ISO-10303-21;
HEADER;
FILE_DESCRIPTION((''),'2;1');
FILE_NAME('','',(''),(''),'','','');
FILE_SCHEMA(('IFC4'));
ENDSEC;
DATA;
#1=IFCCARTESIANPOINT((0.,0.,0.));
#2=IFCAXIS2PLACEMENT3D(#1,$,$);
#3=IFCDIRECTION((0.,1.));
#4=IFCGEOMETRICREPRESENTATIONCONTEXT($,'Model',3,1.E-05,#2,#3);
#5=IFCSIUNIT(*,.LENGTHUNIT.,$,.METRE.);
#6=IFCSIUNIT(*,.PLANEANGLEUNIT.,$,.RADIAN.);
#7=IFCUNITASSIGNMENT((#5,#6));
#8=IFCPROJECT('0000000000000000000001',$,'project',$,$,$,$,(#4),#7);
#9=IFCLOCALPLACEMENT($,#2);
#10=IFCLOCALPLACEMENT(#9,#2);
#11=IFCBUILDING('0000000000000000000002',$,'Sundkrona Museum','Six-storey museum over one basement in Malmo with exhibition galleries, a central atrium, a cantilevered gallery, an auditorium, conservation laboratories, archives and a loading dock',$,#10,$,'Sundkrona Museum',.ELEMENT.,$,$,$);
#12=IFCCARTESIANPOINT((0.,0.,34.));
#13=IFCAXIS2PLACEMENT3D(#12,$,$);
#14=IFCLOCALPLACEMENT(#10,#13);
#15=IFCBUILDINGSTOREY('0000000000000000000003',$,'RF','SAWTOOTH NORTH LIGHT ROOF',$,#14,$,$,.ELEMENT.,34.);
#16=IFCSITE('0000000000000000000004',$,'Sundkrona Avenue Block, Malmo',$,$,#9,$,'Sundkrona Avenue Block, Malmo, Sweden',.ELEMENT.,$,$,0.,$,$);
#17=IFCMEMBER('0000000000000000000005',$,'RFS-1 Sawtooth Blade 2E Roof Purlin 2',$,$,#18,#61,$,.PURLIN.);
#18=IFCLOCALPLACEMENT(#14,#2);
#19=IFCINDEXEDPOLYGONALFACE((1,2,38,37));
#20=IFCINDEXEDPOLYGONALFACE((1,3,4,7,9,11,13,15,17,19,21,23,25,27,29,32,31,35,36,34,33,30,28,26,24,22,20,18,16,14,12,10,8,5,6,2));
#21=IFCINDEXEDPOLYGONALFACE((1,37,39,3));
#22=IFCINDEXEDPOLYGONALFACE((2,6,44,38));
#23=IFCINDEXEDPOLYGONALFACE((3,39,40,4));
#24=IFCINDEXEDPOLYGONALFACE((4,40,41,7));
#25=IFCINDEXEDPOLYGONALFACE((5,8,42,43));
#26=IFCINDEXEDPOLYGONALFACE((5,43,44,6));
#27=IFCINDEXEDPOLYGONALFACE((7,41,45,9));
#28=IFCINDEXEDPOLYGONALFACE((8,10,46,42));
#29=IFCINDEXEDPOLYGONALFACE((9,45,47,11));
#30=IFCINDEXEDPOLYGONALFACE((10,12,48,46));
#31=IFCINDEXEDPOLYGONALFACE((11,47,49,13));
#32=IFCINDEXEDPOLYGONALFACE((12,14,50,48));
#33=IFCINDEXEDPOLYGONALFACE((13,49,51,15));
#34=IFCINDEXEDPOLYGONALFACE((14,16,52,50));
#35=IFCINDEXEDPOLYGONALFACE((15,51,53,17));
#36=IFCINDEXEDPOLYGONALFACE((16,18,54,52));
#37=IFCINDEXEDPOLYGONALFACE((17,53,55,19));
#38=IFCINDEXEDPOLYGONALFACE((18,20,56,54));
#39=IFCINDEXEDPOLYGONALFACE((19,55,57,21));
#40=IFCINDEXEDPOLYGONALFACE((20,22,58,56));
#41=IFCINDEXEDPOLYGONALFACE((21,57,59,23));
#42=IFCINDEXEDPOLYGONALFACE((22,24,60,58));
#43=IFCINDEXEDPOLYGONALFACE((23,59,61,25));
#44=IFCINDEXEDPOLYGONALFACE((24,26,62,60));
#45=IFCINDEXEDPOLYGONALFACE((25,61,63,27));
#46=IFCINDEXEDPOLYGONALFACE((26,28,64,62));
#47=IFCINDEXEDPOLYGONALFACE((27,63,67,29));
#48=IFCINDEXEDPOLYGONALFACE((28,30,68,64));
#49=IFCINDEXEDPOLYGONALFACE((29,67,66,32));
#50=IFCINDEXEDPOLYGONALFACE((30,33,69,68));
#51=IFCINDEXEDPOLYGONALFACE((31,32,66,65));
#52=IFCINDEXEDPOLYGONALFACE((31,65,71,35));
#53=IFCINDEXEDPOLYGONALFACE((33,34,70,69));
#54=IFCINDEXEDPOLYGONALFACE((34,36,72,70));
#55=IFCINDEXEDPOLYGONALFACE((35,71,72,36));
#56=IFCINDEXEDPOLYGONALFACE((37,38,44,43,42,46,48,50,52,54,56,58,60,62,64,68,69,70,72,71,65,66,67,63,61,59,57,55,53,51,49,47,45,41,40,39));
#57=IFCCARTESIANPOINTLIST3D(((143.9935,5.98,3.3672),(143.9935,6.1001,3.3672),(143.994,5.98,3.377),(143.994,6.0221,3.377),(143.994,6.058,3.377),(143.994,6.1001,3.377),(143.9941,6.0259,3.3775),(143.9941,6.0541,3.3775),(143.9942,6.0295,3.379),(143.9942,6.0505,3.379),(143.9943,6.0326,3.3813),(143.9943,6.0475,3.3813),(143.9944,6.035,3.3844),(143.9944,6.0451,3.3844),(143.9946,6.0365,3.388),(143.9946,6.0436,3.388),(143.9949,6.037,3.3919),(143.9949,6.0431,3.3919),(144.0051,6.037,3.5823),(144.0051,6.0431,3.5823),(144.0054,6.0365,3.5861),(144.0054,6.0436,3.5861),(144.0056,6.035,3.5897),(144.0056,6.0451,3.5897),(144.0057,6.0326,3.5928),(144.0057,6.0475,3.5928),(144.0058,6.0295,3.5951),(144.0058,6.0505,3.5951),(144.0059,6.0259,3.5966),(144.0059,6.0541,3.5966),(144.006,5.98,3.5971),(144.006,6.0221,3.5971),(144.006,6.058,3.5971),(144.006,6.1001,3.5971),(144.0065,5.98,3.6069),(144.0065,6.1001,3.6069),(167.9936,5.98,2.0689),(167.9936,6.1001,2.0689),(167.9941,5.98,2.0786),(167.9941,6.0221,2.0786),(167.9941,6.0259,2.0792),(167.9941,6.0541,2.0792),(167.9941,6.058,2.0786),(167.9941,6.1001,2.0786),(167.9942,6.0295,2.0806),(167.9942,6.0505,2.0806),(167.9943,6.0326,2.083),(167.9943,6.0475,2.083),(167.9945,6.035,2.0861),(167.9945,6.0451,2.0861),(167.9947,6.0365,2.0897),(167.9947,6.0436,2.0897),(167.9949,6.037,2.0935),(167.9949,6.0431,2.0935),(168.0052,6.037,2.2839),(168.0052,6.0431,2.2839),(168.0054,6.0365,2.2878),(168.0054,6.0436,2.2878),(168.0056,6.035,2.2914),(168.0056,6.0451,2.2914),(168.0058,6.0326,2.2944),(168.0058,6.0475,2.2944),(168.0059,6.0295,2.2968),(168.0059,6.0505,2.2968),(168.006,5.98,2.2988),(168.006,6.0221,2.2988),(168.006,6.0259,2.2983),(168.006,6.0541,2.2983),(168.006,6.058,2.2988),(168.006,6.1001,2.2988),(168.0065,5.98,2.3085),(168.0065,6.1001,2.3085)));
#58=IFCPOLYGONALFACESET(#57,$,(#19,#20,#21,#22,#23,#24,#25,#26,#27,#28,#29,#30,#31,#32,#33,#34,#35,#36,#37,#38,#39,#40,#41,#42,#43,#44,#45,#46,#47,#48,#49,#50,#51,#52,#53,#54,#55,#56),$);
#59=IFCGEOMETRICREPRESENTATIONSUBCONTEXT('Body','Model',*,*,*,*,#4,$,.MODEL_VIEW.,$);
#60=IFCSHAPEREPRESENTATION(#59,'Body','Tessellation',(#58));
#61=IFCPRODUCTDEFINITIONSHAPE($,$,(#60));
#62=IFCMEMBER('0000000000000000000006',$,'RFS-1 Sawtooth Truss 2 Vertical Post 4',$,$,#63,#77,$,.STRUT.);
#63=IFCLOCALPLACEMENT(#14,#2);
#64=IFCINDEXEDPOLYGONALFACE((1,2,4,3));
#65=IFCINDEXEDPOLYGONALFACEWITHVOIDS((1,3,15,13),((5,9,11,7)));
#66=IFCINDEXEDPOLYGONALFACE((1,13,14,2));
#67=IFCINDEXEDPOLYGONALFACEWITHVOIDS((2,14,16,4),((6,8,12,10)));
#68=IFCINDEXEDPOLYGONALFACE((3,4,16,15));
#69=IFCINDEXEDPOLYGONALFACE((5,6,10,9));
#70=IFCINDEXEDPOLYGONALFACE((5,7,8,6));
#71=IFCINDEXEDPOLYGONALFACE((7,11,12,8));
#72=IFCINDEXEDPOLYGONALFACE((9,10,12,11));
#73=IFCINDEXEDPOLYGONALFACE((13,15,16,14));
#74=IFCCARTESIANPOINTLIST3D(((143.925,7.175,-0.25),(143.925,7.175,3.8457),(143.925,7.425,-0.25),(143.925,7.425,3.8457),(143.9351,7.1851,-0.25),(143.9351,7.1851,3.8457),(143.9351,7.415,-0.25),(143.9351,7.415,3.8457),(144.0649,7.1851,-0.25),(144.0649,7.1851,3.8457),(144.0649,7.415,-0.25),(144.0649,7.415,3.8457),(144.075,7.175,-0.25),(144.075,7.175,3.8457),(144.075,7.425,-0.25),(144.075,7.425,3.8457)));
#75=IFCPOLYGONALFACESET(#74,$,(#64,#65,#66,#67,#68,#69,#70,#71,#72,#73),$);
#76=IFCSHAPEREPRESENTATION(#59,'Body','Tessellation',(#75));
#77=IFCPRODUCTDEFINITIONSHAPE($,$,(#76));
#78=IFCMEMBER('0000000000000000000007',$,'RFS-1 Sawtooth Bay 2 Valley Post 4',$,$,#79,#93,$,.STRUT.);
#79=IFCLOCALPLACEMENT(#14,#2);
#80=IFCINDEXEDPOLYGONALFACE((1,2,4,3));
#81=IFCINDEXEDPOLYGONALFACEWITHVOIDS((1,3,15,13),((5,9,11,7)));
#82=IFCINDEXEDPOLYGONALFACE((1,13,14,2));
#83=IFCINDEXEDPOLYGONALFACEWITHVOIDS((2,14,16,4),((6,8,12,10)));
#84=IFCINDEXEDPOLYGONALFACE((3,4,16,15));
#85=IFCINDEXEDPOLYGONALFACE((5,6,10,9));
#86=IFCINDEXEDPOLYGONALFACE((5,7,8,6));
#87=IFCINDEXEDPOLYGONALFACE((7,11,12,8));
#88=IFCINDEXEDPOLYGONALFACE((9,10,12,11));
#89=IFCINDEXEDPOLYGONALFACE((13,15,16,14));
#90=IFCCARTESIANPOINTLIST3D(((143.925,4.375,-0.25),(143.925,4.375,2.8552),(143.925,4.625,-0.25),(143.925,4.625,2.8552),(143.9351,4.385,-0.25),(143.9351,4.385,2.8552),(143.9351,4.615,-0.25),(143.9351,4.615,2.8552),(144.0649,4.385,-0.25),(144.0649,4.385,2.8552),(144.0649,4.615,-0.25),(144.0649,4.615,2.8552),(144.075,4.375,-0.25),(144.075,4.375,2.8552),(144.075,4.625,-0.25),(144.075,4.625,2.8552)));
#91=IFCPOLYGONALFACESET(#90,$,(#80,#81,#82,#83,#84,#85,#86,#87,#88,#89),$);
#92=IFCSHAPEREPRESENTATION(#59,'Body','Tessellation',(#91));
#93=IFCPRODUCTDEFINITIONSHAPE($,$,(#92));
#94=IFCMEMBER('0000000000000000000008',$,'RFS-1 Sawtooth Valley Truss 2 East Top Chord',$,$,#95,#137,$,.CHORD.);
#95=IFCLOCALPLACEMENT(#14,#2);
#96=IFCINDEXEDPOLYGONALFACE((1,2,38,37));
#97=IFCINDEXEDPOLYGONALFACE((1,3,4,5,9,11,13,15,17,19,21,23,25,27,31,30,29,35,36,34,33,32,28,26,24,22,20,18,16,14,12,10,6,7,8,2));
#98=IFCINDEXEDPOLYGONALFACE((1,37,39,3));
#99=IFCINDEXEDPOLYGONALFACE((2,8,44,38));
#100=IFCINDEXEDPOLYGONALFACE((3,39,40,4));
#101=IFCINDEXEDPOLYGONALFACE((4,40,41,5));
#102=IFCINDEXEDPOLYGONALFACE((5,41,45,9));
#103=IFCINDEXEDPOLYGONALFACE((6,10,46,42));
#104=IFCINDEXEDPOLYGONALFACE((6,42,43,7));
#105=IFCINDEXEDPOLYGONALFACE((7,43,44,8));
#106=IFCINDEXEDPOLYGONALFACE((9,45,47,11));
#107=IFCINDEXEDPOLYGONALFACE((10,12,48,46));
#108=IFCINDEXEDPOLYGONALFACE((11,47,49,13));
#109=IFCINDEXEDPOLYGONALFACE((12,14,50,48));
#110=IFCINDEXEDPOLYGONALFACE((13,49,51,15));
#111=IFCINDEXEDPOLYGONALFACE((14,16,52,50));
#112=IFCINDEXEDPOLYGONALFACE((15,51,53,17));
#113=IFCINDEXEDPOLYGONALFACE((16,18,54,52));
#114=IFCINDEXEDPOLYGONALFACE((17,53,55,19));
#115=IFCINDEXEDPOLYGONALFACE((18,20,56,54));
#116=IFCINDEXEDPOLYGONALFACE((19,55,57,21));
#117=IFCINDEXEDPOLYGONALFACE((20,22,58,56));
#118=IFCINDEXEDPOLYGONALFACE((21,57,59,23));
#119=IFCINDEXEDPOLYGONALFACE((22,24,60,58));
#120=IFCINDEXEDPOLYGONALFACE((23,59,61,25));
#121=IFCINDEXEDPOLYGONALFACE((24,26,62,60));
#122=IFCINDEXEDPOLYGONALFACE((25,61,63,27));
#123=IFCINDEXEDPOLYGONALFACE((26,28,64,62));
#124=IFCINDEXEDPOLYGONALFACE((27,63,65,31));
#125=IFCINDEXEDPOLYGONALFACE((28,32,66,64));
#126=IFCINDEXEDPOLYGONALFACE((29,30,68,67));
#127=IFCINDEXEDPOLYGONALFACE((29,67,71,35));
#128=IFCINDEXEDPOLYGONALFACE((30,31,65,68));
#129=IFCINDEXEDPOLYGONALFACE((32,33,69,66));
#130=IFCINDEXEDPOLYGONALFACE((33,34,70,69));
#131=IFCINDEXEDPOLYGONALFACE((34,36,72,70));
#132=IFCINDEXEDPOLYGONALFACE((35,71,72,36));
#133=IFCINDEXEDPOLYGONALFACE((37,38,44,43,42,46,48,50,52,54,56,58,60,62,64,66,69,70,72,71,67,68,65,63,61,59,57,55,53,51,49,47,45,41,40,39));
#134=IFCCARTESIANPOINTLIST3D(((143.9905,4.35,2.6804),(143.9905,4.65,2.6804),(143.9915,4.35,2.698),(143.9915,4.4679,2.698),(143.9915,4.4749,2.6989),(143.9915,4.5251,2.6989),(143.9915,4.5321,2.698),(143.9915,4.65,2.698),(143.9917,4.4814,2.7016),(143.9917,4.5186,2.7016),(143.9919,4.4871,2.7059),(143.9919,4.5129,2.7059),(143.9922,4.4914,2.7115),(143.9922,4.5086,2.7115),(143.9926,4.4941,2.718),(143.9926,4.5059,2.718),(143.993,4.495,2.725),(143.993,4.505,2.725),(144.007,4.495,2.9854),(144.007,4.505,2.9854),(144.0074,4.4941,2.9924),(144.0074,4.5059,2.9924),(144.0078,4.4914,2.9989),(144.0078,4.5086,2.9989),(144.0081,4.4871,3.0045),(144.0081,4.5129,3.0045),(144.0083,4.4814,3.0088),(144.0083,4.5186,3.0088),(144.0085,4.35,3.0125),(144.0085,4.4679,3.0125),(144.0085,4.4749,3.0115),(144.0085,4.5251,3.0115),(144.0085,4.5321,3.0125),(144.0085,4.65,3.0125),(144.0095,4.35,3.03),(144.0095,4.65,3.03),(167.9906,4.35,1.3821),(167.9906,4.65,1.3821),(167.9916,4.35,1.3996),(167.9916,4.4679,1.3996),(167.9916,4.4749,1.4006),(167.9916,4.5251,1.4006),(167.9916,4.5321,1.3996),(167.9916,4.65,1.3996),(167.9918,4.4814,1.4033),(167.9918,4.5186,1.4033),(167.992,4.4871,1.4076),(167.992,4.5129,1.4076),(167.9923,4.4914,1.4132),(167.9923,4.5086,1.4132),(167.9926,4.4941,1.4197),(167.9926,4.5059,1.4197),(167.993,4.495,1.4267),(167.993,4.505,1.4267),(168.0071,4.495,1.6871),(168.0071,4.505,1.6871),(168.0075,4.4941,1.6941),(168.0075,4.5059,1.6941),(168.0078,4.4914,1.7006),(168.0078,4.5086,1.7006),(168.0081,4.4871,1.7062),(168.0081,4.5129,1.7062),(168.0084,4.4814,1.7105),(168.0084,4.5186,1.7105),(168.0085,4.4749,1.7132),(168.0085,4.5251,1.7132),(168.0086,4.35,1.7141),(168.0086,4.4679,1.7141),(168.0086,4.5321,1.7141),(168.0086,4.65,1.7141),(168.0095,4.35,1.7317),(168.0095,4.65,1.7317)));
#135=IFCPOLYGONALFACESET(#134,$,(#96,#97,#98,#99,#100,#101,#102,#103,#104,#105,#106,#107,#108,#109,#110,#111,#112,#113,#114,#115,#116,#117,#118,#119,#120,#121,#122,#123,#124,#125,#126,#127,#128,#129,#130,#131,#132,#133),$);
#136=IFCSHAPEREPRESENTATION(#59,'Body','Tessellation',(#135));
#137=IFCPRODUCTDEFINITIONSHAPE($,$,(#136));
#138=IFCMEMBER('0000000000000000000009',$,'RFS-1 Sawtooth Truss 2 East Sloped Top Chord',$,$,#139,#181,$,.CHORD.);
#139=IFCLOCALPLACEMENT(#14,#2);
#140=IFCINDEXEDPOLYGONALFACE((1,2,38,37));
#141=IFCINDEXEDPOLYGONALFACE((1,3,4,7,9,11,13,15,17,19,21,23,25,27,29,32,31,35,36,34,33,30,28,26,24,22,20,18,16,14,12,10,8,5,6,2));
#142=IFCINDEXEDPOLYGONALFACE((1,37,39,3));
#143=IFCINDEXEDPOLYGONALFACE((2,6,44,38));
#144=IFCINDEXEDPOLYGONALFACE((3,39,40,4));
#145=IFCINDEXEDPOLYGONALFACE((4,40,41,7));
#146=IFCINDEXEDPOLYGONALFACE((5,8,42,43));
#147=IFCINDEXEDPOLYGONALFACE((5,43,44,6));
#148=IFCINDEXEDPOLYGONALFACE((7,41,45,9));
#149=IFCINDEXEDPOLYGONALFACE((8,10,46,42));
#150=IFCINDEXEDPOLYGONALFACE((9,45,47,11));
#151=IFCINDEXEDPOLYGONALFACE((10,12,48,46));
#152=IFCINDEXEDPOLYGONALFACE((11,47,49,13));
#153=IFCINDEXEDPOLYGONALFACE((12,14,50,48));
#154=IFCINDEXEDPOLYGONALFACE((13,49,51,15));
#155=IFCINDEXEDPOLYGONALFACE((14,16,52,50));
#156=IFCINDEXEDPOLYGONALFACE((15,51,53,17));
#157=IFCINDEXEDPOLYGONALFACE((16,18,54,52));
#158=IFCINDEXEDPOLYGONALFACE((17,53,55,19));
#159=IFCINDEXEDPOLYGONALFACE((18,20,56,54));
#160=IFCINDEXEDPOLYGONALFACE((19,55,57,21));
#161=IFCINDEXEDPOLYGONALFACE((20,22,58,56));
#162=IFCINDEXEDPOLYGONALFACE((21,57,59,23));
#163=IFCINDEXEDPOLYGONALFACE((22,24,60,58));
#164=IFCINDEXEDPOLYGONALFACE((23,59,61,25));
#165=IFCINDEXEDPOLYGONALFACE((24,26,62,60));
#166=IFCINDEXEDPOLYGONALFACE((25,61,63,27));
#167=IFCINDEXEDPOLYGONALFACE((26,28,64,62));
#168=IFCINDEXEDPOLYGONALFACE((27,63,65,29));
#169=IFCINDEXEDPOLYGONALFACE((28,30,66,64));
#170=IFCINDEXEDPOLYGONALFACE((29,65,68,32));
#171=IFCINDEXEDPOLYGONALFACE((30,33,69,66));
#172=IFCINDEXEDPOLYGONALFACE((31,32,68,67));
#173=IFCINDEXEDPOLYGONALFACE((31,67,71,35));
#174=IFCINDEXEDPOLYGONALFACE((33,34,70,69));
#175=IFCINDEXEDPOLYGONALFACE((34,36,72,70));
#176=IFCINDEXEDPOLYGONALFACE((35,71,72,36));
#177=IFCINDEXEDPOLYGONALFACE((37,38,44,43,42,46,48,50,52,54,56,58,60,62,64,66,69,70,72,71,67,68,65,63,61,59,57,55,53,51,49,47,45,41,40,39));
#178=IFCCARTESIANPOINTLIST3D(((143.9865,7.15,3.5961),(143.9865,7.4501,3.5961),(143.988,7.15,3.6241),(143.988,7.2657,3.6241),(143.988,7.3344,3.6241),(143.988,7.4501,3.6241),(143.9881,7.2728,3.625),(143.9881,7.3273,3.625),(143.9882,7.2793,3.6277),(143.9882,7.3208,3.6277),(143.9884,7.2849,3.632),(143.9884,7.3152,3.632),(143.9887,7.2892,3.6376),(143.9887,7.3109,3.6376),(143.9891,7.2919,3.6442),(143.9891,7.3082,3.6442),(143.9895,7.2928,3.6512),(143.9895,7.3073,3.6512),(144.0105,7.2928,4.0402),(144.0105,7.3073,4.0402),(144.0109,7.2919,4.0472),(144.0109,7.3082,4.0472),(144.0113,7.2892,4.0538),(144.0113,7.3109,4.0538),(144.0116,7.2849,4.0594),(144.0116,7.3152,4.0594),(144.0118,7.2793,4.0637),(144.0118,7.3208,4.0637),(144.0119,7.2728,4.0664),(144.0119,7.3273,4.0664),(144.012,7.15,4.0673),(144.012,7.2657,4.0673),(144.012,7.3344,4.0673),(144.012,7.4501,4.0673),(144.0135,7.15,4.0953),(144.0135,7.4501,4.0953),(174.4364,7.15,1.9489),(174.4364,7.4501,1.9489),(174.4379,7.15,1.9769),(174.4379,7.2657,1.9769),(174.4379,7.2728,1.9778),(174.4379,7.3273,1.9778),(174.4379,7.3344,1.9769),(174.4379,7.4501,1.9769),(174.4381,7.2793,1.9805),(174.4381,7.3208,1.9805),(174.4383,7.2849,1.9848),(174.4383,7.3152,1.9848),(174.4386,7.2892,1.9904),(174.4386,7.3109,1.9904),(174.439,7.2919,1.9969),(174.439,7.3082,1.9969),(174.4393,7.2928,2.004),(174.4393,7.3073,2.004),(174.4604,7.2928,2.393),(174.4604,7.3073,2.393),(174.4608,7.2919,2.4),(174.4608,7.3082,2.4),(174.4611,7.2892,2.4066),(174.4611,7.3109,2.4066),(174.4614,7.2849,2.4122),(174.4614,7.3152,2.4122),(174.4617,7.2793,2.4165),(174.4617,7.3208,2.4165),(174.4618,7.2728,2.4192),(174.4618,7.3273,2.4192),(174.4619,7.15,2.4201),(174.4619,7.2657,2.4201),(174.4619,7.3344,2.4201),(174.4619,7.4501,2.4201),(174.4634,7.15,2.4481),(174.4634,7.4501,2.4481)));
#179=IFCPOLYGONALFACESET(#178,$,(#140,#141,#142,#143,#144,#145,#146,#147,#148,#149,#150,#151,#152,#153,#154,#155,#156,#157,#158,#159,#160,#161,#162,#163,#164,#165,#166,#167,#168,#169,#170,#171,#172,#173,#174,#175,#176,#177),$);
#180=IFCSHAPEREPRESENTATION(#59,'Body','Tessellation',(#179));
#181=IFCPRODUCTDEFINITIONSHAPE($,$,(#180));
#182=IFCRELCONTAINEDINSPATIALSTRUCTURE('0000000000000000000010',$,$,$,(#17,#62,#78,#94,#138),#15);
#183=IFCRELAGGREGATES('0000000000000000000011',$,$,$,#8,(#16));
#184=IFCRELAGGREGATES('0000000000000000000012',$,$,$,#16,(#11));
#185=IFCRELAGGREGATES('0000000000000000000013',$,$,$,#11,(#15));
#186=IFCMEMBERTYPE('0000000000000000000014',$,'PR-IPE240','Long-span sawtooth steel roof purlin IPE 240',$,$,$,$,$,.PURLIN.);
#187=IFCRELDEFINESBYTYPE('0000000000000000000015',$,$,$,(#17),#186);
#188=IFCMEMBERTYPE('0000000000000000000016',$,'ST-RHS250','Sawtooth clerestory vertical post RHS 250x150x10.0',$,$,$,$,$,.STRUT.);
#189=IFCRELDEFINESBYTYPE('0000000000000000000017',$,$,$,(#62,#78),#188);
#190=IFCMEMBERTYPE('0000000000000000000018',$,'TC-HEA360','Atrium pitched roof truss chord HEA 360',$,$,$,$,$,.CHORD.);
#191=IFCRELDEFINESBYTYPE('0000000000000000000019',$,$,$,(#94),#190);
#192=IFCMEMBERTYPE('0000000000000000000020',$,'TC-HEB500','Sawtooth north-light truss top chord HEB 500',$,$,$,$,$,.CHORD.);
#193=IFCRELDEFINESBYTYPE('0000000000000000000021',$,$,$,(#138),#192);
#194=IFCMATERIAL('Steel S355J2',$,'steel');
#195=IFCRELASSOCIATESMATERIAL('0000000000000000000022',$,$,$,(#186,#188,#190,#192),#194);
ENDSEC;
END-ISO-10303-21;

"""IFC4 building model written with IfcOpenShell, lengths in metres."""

from ifc_helpers import new_model, si_unit, direction, frame, origin, origin_2d, place, context, subcontext, project, spatial, hollow_rectangle, i_section, extrude, material, material_profile, profile_set, type_object, element, save


model = new_model("IFC4")

# Units and contexts
model_context = context("Model", 3, precision=1e-05, world=origin(), true_north=direction((0.0, 1.0)))
body_context = subcontext(model_context, "Body", "Model", "MODEL_VIEW")
ifc_project = project(units=[si_unit("LENGTHUNIT", "METRE"), si_unit("PLANEANGLEUNIT", "RADIAN")], contexts=[model_context])

# Site, building, storey
site_placement = place(None, origin())
site = spatial("IfcSite", under=ifc_project, at=site_placement, Name="Sundkrona Avenue Block, Malmo", LongName="Sundkrona Avenue Block, Malmo, Sweden", CompositionType="ELEMENT", RefElevation=0.0)
building_placement = place(site_placement, origin())
building = spatial("IfcBuilding", under=site, at=building_placement, Name="Sundkrona Museum", Description="Six-storey museum over one basement in Malmo with exhibition galleries, a central atrium, a cantilevered gallery, an auditorium, conservation laboratories, archives and a loading dock", LongName="Sundkrona Museum", CompositionType="ELEMENT")
storey_placement = place(building_placement, frame((0.0, 0.0, 34.0)))
storey = spatial("IfcBuildingStorey", under=building, at=storey_placement, Name="RF", Description="SAWTOOTH NORTH LIGHT ROOF", CompositionType="ELEMENT", Elevation=34.0)

# Members
ifc_material_1 = material(Name="Steel S355J2", Category="steel")
ifc_material_profile_1 = material_profile(ifc_material_1, i_section(OverallWidth=0.1201, OverallDepth=0.24, WebThickness=0.0061, FlangeThickness=0.0098, FilletRadius=0.0149, at=origin_2d()), Name="IPE 240")
ifc_profile_set_1 = profile_set([ifc_material_profile_1], Name="Steel S355J2")
member_type_1 = type_object("IfcMemberType", Name="PR-IPE240", Description="Long-span sawtooth steel roof purlin IPE 240", PredefinedType="PURLIN", material=ifc_profile_set_1)
member_1_placement = place(storey_placement, frame((144.0, 6.04, 3.4871), z_axis=(0.99854, 0.0, -0.054019), x_axis=(0.0, 1.0, 0.0)))
element("IfcMember", 1, at=member_1_placement, inside=storey, type_object=member_type_1, Name="RFS-1 Sawtooth Blade 2E Roof Purlin 2", PredefinedType="PURLIN", context=body_context, shape_type="SweptSolid", body=[
    extrude(i_section(OverallWidth=0.1201, OverallDepth=0.24, WebThickness=0.0061, FlangeThickness=0.0098, FilletRadius=0.0149, at=origin_2d()), origin(), (0.0, 0.0, 1.0), 24.0352),
])
ifc_material_profile_2 = material_profile(ifc_material_1, hollow_rectangle(XDim=0.1499, YDim=0.25, WallThickness=0.01, at=origin_2d()), Name="RHS 250x150x10.0")
ifc_profile_set_2 = profile_set([ifc_material_profile_2], Name="Steel S355J2")
member_type_2 = type_object("IfcMemberType", Name="ST-RHS250", Description="Sawtooth clerestory vertical post RHS 250x150x10.0", PredefinedType="STRUT", material=ifc_profile_set_2)
member_2_placement = place(storey_placement, frame((144.0, 7.3, -0.25), z_axis=(0.0, 0.0, 1.0), x_axis=(1.0, 0.0, 0.0)))
element("IfcMember", 2, at=member_2_placement, inside=storey, type_object=member_type_2, Name="RFS-1 Sawtooth Truss 2 Vertical Post 4", PredefinedType="STRUT", context=body_context, shape_type="SweptSolid", body=[
    extrude(hollow_rectangle(XDim=0.1499, YDim=0.25, WallThickness=0.01, at=origin_2d()), origin(), (0.0, 0.0, 1.0), 4.0957),
])
member_3_placement = place(storey_placement, frame((144.0, 4.5, -0.25), z_axis=(0.0, 0.0, 1.0), x_axis=(1.0, 0.0, 0.0)))
element("IfcMember", 3, at=member_3_placement, inside=storey, type_object=member_type_2, Name="RFS-1 Sawtooth Bay 2 Valley Post 4", PredefinedType="STRUT", context=body_context, shape_type="SweptSolid", body=[
    extrude(hollow_rectangle(XDim=0.1499, YDim=0.25, WallThickness=0.01, at=origin_2d()), origin(), (0.0, 0.0, 1.0), 3.1052),
])
ifc_material_profile_3 = material_profile(ifc_material_1, i_section(OverallWidth=0.3, OverallDepth=0.3501, WebThickness=0.01, FlangeThickness=0.0176, FilletRadius=0.0271, at=origin_2d()), Name="HEA 360")
ifc_profile_set_3 = profile_set([ifc_material_profile_3], Name="Steel S355J2")
member_type_3 = type_object("IfcMemberType", Name="TC-HEA360", Description="Atrium pitched roof truss chord HEA 360", PredefinedType="CHORD", material=ifc_profile_set_3)
member_4_placement = place(storey_placement, frame((144.0, 4.5, 2.8552), z_axis=(0.99854, 0.0, -0.054019), x_axis=(0.0, 1.0, 0.0)))
element("IfcMember", 4, at=member_4_placement, inside=storey, type_object=member_type_3, Name="RFS-1 Sawtooth Valley Truss 2 East Top Chord", PredefinedType="CHORD", context=body_context, shape_type="SweptSolid", body=[
    extrude(i_section(OverallWidth=0.3, OverallDepth=0.3501, WebThickness=0.01, FlangeThickness=0.0176, FilletRadius=0.0271, at=origin_2d()), origin(), (0.0, 0.0, 1.0), 24.0352),
])
ifc_material_profile_4 = material_profile(ifc_material_1, i_section(OverallWidth=0.3, OverallDepth=0.5, WebThickness=0.0144, FlangeThickness=0.0281, FilletRadius=0.0271, at=origin_2d()), Name="HEB 500")
ifc_profile_set_4 = profile_set([ifc_material_profile_4], Name="Steel S355J2")
member_type_4 = type_object("IfcMemberType", Name="TC-HEB500", Description="Sawtooth north-light truss top chord HEB 500", PredefinedType="CHORD", material=ifc_profile_set_4)
member_5_placement = place(storey_placement, frame((144.0, 7.3, 3.8457), z_axis=(0.99854, 0.0, -0.054017), x_axis=(0.0, 1.0, 0.0)))
element("IfcMember", 5, at=member_5_placement, inside=storey, type_object=member_type_4, Name="RFS-1 Sawtooth Truss 2 East Sloped Top Chord", PredefinedType="CHORD", context=body_context, shape_type="SweptSolid", body=[
    extrude(i_section(OverallWidth=0.3, OverallDepth=0.5, WebThickness=0.0144, FlangeThickness=0.0281, FilletRadius=0.0271, at=origin_2d()), origin(), (0.0, 0.0, 1.0), 30.4944),
])

save(model, "model.ifc")
